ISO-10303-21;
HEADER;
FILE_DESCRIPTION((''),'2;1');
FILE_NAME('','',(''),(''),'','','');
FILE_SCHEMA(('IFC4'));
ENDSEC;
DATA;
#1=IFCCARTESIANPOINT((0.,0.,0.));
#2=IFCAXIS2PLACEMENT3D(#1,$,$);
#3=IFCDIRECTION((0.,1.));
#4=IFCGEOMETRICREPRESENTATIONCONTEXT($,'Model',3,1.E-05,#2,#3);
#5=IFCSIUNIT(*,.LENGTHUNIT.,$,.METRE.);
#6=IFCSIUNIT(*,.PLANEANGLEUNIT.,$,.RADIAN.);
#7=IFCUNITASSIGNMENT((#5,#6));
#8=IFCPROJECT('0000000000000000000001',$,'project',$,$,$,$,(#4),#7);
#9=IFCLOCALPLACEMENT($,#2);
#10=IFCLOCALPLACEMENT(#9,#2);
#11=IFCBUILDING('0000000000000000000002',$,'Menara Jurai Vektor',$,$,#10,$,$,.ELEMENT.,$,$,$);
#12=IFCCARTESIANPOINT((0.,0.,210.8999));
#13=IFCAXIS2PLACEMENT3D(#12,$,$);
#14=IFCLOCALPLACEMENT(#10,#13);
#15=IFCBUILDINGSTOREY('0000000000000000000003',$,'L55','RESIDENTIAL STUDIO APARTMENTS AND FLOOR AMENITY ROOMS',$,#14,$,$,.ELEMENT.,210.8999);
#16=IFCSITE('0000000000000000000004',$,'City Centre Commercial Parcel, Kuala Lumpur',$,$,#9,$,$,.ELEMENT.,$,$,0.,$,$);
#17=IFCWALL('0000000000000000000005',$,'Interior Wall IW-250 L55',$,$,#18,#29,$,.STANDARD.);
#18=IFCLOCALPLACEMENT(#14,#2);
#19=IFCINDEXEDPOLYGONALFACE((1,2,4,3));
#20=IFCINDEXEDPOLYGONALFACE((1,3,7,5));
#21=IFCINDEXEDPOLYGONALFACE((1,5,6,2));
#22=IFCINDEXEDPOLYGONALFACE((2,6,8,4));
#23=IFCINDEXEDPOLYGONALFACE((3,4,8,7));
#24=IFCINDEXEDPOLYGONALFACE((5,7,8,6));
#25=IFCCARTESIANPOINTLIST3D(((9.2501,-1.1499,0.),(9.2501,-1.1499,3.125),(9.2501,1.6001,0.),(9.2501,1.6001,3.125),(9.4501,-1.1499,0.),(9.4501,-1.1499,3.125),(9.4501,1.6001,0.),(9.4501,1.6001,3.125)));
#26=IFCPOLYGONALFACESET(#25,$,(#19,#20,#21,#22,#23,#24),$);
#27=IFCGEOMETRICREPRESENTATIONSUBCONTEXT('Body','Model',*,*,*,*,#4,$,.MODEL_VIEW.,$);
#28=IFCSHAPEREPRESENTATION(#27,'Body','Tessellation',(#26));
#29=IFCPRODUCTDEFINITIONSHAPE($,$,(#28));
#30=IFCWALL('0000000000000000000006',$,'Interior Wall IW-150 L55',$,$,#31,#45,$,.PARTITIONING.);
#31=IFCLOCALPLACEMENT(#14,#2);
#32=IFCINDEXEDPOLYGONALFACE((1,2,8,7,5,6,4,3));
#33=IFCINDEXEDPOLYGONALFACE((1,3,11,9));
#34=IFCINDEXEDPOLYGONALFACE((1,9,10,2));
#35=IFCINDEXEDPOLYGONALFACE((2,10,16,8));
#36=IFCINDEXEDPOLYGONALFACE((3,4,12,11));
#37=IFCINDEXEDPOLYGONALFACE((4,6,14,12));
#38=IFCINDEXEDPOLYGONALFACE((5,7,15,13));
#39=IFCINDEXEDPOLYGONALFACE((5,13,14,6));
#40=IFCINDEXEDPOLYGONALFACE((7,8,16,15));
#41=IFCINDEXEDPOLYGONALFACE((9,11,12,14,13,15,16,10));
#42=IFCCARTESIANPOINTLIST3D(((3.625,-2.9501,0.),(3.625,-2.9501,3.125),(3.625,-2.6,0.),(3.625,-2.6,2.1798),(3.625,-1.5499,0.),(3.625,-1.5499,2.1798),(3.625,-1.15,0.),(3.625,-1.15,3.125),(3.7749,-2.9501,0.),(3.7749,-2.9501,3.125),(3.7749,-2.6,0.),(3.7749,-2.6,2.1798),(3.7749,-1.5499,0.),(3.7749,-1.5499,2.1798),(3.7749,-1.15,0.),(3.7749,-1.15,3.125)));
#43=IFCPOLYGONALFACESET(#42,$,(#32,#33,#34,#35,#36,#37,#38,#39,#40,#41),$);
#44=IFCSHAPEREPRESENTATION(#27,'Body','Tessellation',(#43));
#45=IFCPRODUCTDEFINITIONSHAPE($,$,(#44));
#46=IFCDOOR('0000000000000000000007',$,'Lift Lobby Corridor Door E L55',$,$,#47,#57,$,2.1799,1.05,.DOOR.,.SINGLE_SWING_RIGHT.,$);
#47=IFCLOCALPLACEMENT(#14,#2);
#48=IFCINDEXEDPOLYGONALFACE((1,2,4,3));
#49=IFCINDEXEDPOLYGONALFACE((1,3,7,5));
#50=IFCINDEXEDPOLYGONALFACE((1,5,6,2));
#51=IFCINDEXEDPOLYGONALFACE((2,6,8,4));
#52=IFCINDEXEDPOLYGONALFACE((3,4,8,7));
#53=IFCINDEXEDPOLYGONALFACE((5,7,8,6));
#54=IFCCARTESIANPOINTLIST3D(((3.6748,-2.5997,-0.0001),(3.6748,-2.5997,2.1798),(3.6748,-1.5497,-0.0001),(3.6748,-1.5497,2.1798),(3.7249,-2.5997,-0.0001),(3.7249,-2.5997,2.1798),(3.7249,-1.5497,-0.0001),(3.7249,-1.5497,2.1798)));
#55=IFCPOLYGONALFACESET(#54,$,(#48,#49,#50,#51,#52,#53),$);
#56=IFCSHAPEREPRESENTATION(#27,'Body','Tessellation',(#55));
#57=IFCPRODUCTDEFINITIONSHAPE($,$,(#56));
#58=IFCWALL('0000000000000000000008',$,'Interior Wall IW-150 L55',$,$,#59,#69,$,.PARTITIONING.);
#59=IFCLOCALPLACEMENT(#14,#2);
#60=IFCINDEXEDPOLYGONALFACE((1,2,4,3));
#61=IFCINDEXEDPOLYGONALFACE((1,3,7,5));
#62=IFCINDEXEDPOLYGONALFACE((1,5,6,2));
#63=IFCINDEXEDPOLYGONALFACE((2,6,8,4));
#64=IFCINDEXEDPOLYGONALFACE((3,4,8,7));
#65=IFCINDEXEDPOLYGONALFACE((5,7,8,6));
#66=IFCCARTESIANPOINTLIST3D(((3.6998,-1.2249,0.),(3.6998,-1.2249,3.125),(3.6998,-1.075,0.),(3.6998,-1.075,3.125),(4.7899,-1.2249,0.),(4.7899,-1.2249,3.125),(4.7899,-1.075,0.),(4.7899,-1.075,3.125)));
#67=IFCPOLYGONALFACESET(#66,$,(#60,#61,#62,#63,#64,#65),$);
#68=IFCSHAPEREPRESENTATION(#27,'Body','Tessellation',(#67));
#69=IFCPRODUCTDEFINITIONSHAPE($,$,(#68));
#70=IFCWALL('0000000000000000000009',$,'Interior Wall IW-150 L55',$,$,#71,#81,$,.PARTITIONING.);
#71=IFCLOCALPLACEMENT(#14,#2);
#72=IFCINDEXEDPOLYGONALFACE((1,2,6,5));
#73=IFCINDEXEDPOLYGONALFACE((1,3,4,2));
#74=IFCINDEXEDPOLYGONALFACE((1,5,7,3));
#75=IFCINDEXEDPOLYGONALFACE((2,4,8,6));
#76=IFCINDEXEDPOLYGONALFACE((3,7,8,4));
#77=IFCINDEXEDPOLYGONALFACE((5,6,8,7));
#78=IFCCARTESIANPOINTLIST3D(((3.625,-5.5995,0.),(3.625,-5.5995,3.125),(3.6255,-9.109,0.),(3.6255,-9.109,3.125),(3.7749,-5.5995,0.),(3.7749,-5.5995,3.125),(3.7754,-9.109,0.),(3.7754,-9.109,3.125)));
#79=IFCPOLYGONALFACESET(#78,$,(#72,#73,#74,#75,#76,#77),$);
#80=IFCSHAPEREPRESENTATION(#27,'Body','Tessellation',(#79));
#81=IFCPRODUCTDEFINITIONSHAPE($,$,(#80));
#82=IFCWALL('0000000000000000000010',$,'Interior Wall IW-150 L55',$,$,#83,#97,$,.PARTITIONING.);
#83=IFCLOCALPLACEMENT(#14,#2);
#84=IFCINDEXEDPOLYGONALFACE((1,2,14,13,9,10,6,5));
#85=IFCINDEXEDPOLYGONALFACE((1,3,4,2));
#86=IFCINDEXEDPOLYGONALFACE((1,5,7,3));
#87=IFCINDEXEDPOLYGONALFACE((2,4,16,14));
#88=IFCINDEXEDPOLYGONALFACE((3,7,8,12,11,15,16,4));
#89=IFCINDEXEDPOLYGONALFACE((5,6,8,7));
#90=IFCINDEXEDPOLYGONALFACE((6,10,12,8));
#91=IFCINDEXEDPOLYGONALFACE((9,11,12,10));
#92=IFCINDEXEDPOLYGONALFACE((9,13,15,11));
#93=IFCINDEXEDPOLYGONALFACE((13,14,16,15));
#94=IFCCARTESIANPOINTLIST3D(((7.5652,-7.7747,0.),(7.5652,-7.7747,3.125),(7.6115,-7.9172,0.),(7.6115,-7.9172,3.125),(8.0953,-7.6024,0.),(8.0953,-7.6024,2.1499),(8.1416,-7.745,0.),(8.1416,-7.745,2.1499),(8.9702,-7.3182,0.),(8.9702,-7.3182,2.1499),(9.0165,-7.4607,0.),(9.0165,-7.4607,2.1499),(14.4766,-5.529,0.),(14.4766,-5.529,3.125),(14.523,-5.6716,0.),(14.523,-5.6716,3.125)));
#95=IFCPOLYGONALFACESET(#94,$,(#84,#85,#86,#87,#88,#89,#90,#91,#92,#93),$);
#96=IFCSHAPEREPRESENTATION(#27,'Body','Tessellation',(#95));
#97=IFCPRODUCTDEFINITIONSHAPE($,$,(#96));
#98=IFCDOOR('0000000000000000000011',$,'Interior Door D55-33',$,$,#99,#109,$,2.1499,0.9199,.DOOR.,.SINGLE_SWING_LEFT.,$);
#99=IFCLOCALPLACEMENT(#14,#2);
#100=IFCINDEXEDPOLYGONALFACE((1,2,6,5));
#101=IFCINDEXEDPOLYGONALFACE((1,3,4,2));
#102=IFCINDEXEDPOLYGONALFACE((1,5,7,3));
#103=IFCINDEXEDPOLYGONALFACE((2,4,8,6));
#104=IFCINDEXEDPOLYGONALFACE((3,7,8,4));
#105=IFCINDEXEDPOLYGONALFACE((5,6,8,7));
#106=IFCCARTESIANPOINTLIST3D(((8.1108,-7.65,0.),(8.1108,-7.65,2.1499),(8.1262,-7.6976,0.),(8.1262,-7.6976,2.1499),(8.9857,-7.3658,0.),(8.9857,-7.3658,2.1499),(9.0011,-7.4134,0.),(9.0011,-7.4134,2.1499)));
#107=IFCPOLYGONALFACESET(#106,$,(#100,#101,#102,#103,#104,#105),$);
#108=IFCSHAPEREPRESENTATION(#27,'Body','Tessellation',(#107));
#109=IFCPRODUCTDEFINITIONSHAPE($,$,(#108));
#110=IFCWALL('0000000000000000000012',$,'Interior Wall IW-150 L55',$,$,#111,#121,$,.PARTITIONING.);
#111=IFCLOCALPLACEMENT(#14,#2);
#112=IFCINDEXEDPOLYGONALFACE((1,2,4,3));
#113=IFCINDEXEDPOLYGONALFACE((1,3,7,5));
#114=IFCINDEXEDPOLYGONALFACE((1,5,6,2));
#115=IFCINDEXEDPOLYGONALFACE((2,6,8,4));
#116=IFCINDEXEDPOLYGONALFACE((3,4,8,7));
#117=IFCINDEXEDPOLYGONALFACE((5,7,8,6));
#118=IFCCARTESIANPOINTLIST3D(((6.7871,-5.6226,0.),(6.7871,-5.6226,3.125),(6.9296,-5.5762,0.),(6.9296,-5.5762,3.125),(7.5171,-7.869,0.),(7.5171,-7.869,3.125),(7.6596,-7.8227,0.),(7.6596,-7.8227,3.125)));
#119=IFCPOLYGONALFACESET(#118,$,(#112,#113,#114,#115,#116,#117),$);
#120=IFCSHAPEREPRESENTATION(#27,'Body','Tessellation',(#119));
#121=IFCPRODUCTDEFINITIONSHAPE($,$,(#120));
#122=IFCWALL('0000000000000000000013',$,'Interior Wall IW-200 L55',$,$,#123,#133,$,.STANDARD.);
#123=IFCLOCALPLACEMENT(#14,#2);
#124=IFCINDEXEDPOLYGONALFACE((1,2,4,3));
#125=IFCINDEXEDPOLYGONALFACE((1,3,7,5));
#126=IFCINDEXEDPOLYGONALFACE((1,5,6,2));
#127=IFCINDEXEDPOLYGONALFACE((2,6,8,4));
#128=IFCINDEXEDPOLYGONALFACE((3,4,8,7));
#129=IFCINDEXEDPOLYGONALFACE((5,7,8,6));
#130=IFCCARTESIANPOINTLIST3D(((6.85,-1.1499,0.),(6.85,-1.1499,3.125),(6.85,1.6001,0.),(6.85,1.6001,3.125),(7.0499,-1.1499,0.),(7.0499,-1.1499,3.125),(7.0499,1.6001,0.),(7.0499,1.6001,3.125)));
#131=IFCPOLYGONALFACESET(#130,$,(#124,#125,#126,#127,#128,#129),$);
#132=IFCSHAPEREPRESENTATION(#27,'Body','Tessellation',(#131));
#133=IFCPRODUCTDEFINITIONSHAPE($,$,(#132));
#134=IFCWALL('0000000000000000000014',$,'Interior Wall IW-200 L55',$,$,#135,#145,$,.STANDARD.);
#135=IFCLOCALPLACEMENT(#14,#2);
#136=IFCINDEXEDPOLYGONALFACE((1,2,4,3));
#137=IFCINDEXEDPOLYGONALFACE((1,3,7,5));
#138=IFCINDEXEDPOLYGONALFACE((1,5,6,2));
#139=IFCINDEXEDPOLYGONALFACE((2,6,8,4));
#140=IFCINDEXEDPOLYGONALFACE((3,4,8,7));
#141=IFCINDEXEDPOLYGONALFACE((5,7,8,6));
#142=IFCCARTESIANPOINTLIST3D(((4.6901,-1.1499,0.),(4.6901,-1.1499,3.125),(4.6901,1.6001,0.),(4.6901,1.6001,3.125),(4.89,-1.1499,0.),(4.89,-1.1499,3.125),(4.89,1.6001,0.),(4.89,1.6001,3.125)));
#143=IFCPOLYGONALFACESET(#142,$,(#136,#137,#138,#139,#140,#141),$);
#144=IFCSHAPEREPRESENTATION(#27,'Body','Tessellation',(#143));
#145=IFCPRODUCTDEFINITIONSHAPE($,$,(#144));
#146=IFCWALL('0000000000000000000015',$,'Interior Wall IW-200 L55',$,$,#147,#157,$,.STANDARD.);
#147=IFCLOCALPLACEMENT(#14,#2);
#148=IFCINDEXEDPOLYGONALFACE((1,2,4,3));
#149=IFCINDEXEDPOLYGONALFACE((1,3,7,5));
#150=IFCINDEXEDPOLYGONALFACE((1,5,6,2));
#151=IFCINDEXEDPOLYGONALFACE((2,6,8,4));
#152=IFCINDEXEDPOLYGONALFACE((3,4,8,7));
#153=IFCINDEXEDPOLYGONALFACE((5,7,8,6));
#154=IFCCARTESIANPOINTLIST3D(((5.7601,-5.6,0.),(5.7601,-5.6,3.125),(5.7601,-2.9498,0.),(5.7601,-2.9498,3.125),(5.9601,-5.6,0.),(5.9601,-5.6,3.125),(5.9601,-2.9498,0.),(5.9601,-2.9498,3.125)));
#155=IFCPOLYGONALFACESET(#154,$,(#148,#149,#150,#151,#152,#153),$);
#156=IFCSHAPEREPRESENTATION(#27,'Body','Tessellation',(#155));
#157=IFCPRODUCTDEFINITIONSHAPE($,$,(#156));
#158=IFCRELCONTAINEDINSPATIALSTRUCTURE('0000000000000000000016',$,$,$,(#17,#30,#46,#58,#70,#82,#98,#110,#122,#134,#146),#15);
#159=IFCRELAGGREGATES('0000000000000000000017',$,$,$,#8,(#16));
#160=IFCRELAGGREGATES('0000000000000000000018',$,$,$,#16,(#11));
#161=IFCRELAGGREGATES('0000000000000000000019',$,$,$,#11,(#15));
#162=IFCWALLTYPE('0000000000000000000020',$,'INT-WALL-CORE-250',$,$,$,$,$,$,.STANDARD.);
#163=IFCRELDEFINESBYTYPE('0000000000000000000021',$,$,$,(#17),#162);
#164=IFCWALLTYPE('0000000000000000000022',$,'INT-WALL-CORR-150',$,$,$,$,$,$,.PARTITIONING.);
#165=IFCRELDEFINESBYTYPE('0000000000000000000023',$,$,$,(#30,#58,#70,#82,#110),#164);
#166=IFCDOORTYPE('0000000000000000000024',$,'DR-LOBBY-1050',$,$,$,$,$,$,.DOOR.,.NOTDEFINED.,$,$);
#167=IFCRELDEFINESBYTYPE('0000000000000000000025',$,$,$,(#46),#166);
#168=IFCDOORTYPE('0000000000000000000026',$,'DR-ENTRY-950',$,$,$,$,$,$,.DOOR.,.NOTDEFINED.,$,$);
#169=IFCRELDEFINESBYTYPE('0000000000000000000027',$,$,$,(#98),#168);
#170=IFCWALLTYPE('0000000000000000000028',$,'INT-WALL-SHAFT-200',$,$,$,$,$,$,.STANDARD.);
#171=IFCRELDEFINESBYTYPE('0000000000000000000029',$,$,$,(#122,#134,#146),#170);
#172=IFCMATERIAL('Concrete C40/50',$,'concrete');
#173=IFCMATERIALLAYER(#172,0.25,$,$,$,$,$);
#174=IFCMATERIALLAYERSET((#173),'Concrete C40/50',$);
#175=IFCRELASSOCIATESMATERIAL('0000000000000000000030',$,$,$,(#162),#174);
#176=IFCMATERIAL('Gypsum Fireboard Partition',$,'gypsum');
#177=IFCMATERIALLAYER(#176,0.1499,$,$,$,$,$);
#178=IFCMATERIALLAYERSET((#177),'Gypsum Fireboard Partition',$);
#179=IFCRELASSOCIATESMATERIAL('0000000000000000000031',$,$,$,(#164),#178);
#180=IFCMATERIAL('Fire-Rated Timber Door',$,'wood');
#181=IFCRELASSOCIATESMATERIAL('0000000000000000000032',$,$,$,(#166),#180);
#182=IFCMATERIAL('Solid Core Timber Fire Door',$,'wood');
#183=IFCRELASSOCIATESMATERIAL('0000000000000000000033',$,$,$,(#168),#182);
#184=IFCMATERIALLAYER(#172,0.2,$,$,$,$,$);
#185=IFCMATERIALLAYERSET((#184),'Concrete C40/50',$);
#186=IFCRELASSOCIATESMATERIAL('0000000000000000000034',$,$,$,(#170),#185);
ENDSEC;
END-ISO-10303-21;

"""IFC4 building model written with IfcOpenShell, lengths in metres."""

from ifc_helpers import new_model, si_unit, direction, frame, frame_2d, origin, place, context, subcontext, project, spatial, rectangle, extrude, material, layer, layer_set, type_object, element, fill, save


model = new_model("IFC4")

# Units and contexts
model_context = context("Model", 3, precision=1e-05, world=origin(), true_north=direction((0.0, 1.0)))
body_context = subcontext(model_context, "Body", "Model", "MODEL_VIEW")
ifc_project = project(units=[si_unit("LENGTHUNIT", "METRE"), si_unit("PLANEANGLEUNIT", "RADIAN")], contexts=[model_context])

# Site, building, storey
site_placement = place(None, origin())
site = spatial("IfcSite", under=ifc_project, at=site_placement, Name="City Centre Commercial Parcel, Kuala Lumpur", CompositionType="ELEMENT", RefElevation=0.0)
building_placement = place(site_placement, origin())
building = spatial("IfcBuilding", under=site, at=building_placement, Name="Menara Jurai Vektor", CompositionType="ELEMENT")
storey_placement = place(building_placement, frame((0.0, 0.0, 210.8999)))
storey = spatial("IfcBuildingStorey", under=building, at=storey_placement, Name="L55", Description="RESIDENTIAL STUDIO APARTMENTS AND FLOOR AMENITY ROOMS", CompositionType="ELEMENT", Elevation=210.8999)

# Wall
ifc_material_1 = material(Name="Concrete C40/50", Category="concrete")
ifc_layer_1 = layer(ifc_material_1, 0.25)
ifc_layer_set_1 = layer_set([ifc_layer_1], Name="Concrete C40/50")
wall_type_1 = type_object("IfcWallType", Name="INT-WALL-CORE-250", PredefinedType="STANDARD", material=ifc_layer_set_1)
wall_1_placement = place(storey_placement, frame((9.3501, -1.1499, 0.0), z_axis=(0.0, 0.0, 1.0), x_axis=(0.0, 1.0, 0.0)))
element("IfcWall", 1, at=wall_1_placement, inside=storey, type_object=wall_type_1, Name="Interior Wall IW-250 L55", PredefinedType="STANDARD", context=body_context, shape_type="SweptSolid", body=[
    extrude(rectangle(XDim=2.75, YDim=0.2, at=frame_2d((1.375, 0.0))), origin(), (0.0, 0.0, 1.0), 3.125),
])

# Wall, opening, door
ifc_material_2 = material(Name="Gypsum Fireboard Partition", Category="gypsum")
ifc_layer_2 = layer(ifc_material_2, 0.1499)
ifc_layer_set_2 = layer_set([ifc_layer_2], Name="Gypsum Fireboard Partition")
wall_type_2 = type_object("IfcWallType", Name="INT-WALL-CORR-150", PredefinedType="PARTITIONING", material=ifc_layer_set_2)
wall_2_placement = place(storey_placement, frame((3.7, -2.95, 0.0), z_axis=(0.0, 0.0, 1.0), x_axis=(0.0, 1.0, 0.0)))
wall_2 = element("IfcWall", 2, at=wall_2_placement, inside=storey, type_object=wall_type_2, Name="Interior Wall IW-150 L55", PredefinedType="PARTITIONING", context=body_context, shape_type="SweptSolid", body=[
    extrude(rectangle(XDim=1.8, YDim=0.1499, at=frame_2d((0.8999, 0.0))), origin(), (0.0, 0.0, 1.0), 3.125),
])
opening_1_placement = place(wall_2_placement, frame((0.3501, 0.0, 0.0)))
opening_1 = element("IfcOpeningElement", 3, at=opening_1_placement, cuts=wall_2, PredefinedType="OPENING", context=body_context, shape_type="SweptSolid", body=[
    extrude(rectangle(XDim=1.05, YDim=2.1799, at=frame_2d((0.5249, 1.0898))), frame((0.0, 0.085, 0.0), z_axis=(0.0, -1.0, 0.0), x_axis=(1.0, 0.0, 0.0)), (0.0, 0.0, 1.0), 0.1699),
])
ifc_material_3 = material(Name="Fire-Rated Timber Door", Category="wood")
door_type_1 = type_object("IfcDoorType", Name="DR-LOBBY-1050", OperationType="NOTDEFINED", PredefinedType="DOOR", material=ifc_material_3)
door_1_placement = place(opening_1_placement, frame((1.05, 0.0, 0.0), z_axis=(0.0, 0.0, 1.0), x_axis=(-1.0, 0.0, 0.0)))
door_1 = element("IfcDoor", 4, at=door_1_placement, inside=storey, type_object=door_type_1, Name="Lift Lobby Corridor Door E L55", OperationType="SINGLE_SWING_RIGHT", OverallHeight=2.1799, OverallWidth=1.05, PredefinedType="DOOR", context=body_context, shape_type="SweptSolid", body=[
    extrude(rectangle(XDim=1.05, YDim=2.1799, at=frame_2d((0.5249, 1.0898))), frame((0.0, 0.0249, 0.0), z_axis=(0.0, -1.0, 0.0), x_axis=(1.0, 0.0, 0.0)), (0.0, 0.0, 1.0), 0.05),
])
fill(opening_1, door_1)

# Walls
wall_3_placement = place(storey_placement, frame((3.7, -1.1499, 0.0), z_axis=(0.0, 0.0, 1.0), x_axis=(1.0, 0.0, 0.0)))
element("IfcWall", 5, at=wall_3_placement, inside=storey, type_object=wall_type_2, Name="Interior Wall IW-150 L55", PredefinedType="PARTITIONING", context=body_context, shape_type="SweptSolid", body=[
    extrude(rectangle(XDim=1.0901, YDim=0.1499, at=frame_2d((0.5449, 0.0))), origin(), (0.0, 0.0, 1.0), 3.125),
])
wall_4_placement = place(storey_placement, frame((3.7004, -9.1091, 0.0), z_axis=(0.0, 0.0, 1.0), x_axis=(-0.000139, 1.0, 0.0)))
element("IfcWall", 6, at=wall_4_placement, inside=storey, type_object=wall_type_2, Name="Interior Wall IW-150 L55", PredefinedType="PARTITIONING", context=body_context, shape_type="SweptSolid", body=[
    extrude(rectangle(XDim=3.5095, YDim=0.1499, at=frame_2d((1.7549, 0.0))), origin(), (0.0, 0.0, 1.0), 3.125),
])

# Wall, opening, door
ifc_material_4 = material(Name="Solid Core Timber Fire Door", Category="wood")
door_type_2 = type_object("IfcDoorType", Name="DR-ENTRY-950", OperationType="NOTDEFINED", PredefinedType="DOOR", material=ifc_material_4)
wall_5_placement = place(storey_placement, frame((7.5884, -7.8459, 0.0), z_axis=(0.0, 0.0, 1.0), x_axis=(0.951058, 0.309012, 0.0)))
wall_5 = element("IfcWall", 7, at=wall_5_placement, inside=storey, type_object=wall_type_2, Name="Interior Wall IW-150 L55", PredefinedType="PARTITIONING", context=body_context, shape_type="SweptSolid", body=[
    extrude(rectangle(XDim=7.2671, YDim=0.1499, at=frame_2d((3.6335, 0.0))), origin(), (0.0, 0.0, 1.0), 3.125),
])
opening_2_placement = place(wall_5_placement, frame((0.5574, 0.0, 0.0)))
opening_2 = element("IfcOpeningElement", 8, at=opening_2_placement, cuts=wall_5, PredefinedType="OPENING", context=body_context, shape_type="SweptSolid", body=[
    extrude(rectangle(XDim=0.9199, YDim=2.1499, at=frame_2d((0.46, 1.075))), frame((0.0, 0.085, 0.0), z_axis=(0.0, -1.0, 0.0), x_axis=(1.0, 0.0, 0.0)), (0.0, 0.0, 1.0), 0.1699),
])
door_2_placement = place(opening_2_placement, origin())
door_2 = element("IfcDoor", 9, at=door_2_placement, inside=storey, type_object=door_type_2, Name="Interior Door D55-33", OperationType="SINGLE_SWING_LEFT", OverallHeight=2.1499, OverallWidth=0.9199, PredefinedType="DOOR", context=body_context, shape_type="SweptSolid", body=[
    extrude(rectangle(XDim=0.9199, YDim=2.1499, at=frame_2d((0.46, 1.075))), frame((0.0, 0.0249, 0.0), z_axis=(0.0, -1.0, 0.0), x_axis=(1.0, 0.0, 0.0)), (0.0, 0.0, 1.0), 0.05),
])
fill(opening_2, door_2)

# Wall
wall_6_placement = place(storey_placement, frame((7.5884, -7.8459, 0.0), z_axis=(0.0, 0.0, 1.0), x_axis=(-0.309056, 0.951044, 0.0)))
element("IfcWall", 10, at=wall_6_placement, inside=storey, type_object=wall_type_2, Name="Interior Wall IW-150 L55", PredefinedType="PARTITIONING", context=body_context, shape_type="SweptSolid", body=[
    extrude(rectangle(XDim=2.3621, YDim=0.1499, at=frame_2d((1.1812, 0.0))), origin(), (0.0, 0.0, 1.0), 3.125),
])

# Shared definitions
ifc_layer_3 = layer(ifc_material_1, 0.2)
ifc_layer_set_3 = layer_set([ifc_layer_3], Name="Concrete C40/50")
wall_type_3 = type_object("IfcWallType", Name="INT-WALL-SHAFT-200", PredefinedType="STANDARD", material=ifc_layer_set_3)

# Wall
wall_7_placement = place(storey_placement, frame((6.95, -1.1499, 0.0), z_axis=(0.0, 0.0, 1.0), x_axis=(0.0, 1.0, 0.0)))
element("IfcWall", 11, at=wall_7_placement, inside=storey, type_object=wall_type_3, Name="Interior Wall IW-200 L55", PredefinedType="STANDARD", context=body_context, shape_type="SweptSolid", body=[
    extrude(rectangle(XDim=2.75, YDim=0.2, at=frame_2d((1.375, 0.0))), origin(), (0.0, 0.0, 1.0), 3.125),
])

# Wall
wall_8_placement = place(storey_placement, frame((4.79, -1.1499, 0.0), z_axis=(0.0, 0.0, 1.0), x_axis=(0.0, 1.0, 0.0)))
element("IfcWall", 12, at=wall_8_placement, inside=storey, type_object=wall_type_3, Name="Interior Wall IW-200 L55", PredefinedType="STANDARD", context=body_context, shape_type="SweptSolid", body=[
    extrude(rectangle(XDim=2.75, YDim=0.2, at=frame_2d((1.375, 0.0))), origin(), (0.0, 0.0, 1.0), 3.125),
])

# Wall
wall_9_placement = place(storey_placement, frame((5.8601, -5.6001, 0.0), z_axis=(0.0, 0.0, 1.0), x_axis=(0.0, 1.0, 0.0)))
element("IfcWall", 13, at=wall_9_placement, inside=storey, type_object=wall_type_3, Name="Interior Wall IW-200 L55", PredefinedType="STANDARD", context=body_context, shape_type="SweptSolid", body=[
    extrude(rectangle(XDim=2.6501, YDim=0.2, at=frame_2d((1.3252, 0.0))), origin(), (0.0, 0.0, 1.0), 3.125),
])

save(model, "model.ifc")
